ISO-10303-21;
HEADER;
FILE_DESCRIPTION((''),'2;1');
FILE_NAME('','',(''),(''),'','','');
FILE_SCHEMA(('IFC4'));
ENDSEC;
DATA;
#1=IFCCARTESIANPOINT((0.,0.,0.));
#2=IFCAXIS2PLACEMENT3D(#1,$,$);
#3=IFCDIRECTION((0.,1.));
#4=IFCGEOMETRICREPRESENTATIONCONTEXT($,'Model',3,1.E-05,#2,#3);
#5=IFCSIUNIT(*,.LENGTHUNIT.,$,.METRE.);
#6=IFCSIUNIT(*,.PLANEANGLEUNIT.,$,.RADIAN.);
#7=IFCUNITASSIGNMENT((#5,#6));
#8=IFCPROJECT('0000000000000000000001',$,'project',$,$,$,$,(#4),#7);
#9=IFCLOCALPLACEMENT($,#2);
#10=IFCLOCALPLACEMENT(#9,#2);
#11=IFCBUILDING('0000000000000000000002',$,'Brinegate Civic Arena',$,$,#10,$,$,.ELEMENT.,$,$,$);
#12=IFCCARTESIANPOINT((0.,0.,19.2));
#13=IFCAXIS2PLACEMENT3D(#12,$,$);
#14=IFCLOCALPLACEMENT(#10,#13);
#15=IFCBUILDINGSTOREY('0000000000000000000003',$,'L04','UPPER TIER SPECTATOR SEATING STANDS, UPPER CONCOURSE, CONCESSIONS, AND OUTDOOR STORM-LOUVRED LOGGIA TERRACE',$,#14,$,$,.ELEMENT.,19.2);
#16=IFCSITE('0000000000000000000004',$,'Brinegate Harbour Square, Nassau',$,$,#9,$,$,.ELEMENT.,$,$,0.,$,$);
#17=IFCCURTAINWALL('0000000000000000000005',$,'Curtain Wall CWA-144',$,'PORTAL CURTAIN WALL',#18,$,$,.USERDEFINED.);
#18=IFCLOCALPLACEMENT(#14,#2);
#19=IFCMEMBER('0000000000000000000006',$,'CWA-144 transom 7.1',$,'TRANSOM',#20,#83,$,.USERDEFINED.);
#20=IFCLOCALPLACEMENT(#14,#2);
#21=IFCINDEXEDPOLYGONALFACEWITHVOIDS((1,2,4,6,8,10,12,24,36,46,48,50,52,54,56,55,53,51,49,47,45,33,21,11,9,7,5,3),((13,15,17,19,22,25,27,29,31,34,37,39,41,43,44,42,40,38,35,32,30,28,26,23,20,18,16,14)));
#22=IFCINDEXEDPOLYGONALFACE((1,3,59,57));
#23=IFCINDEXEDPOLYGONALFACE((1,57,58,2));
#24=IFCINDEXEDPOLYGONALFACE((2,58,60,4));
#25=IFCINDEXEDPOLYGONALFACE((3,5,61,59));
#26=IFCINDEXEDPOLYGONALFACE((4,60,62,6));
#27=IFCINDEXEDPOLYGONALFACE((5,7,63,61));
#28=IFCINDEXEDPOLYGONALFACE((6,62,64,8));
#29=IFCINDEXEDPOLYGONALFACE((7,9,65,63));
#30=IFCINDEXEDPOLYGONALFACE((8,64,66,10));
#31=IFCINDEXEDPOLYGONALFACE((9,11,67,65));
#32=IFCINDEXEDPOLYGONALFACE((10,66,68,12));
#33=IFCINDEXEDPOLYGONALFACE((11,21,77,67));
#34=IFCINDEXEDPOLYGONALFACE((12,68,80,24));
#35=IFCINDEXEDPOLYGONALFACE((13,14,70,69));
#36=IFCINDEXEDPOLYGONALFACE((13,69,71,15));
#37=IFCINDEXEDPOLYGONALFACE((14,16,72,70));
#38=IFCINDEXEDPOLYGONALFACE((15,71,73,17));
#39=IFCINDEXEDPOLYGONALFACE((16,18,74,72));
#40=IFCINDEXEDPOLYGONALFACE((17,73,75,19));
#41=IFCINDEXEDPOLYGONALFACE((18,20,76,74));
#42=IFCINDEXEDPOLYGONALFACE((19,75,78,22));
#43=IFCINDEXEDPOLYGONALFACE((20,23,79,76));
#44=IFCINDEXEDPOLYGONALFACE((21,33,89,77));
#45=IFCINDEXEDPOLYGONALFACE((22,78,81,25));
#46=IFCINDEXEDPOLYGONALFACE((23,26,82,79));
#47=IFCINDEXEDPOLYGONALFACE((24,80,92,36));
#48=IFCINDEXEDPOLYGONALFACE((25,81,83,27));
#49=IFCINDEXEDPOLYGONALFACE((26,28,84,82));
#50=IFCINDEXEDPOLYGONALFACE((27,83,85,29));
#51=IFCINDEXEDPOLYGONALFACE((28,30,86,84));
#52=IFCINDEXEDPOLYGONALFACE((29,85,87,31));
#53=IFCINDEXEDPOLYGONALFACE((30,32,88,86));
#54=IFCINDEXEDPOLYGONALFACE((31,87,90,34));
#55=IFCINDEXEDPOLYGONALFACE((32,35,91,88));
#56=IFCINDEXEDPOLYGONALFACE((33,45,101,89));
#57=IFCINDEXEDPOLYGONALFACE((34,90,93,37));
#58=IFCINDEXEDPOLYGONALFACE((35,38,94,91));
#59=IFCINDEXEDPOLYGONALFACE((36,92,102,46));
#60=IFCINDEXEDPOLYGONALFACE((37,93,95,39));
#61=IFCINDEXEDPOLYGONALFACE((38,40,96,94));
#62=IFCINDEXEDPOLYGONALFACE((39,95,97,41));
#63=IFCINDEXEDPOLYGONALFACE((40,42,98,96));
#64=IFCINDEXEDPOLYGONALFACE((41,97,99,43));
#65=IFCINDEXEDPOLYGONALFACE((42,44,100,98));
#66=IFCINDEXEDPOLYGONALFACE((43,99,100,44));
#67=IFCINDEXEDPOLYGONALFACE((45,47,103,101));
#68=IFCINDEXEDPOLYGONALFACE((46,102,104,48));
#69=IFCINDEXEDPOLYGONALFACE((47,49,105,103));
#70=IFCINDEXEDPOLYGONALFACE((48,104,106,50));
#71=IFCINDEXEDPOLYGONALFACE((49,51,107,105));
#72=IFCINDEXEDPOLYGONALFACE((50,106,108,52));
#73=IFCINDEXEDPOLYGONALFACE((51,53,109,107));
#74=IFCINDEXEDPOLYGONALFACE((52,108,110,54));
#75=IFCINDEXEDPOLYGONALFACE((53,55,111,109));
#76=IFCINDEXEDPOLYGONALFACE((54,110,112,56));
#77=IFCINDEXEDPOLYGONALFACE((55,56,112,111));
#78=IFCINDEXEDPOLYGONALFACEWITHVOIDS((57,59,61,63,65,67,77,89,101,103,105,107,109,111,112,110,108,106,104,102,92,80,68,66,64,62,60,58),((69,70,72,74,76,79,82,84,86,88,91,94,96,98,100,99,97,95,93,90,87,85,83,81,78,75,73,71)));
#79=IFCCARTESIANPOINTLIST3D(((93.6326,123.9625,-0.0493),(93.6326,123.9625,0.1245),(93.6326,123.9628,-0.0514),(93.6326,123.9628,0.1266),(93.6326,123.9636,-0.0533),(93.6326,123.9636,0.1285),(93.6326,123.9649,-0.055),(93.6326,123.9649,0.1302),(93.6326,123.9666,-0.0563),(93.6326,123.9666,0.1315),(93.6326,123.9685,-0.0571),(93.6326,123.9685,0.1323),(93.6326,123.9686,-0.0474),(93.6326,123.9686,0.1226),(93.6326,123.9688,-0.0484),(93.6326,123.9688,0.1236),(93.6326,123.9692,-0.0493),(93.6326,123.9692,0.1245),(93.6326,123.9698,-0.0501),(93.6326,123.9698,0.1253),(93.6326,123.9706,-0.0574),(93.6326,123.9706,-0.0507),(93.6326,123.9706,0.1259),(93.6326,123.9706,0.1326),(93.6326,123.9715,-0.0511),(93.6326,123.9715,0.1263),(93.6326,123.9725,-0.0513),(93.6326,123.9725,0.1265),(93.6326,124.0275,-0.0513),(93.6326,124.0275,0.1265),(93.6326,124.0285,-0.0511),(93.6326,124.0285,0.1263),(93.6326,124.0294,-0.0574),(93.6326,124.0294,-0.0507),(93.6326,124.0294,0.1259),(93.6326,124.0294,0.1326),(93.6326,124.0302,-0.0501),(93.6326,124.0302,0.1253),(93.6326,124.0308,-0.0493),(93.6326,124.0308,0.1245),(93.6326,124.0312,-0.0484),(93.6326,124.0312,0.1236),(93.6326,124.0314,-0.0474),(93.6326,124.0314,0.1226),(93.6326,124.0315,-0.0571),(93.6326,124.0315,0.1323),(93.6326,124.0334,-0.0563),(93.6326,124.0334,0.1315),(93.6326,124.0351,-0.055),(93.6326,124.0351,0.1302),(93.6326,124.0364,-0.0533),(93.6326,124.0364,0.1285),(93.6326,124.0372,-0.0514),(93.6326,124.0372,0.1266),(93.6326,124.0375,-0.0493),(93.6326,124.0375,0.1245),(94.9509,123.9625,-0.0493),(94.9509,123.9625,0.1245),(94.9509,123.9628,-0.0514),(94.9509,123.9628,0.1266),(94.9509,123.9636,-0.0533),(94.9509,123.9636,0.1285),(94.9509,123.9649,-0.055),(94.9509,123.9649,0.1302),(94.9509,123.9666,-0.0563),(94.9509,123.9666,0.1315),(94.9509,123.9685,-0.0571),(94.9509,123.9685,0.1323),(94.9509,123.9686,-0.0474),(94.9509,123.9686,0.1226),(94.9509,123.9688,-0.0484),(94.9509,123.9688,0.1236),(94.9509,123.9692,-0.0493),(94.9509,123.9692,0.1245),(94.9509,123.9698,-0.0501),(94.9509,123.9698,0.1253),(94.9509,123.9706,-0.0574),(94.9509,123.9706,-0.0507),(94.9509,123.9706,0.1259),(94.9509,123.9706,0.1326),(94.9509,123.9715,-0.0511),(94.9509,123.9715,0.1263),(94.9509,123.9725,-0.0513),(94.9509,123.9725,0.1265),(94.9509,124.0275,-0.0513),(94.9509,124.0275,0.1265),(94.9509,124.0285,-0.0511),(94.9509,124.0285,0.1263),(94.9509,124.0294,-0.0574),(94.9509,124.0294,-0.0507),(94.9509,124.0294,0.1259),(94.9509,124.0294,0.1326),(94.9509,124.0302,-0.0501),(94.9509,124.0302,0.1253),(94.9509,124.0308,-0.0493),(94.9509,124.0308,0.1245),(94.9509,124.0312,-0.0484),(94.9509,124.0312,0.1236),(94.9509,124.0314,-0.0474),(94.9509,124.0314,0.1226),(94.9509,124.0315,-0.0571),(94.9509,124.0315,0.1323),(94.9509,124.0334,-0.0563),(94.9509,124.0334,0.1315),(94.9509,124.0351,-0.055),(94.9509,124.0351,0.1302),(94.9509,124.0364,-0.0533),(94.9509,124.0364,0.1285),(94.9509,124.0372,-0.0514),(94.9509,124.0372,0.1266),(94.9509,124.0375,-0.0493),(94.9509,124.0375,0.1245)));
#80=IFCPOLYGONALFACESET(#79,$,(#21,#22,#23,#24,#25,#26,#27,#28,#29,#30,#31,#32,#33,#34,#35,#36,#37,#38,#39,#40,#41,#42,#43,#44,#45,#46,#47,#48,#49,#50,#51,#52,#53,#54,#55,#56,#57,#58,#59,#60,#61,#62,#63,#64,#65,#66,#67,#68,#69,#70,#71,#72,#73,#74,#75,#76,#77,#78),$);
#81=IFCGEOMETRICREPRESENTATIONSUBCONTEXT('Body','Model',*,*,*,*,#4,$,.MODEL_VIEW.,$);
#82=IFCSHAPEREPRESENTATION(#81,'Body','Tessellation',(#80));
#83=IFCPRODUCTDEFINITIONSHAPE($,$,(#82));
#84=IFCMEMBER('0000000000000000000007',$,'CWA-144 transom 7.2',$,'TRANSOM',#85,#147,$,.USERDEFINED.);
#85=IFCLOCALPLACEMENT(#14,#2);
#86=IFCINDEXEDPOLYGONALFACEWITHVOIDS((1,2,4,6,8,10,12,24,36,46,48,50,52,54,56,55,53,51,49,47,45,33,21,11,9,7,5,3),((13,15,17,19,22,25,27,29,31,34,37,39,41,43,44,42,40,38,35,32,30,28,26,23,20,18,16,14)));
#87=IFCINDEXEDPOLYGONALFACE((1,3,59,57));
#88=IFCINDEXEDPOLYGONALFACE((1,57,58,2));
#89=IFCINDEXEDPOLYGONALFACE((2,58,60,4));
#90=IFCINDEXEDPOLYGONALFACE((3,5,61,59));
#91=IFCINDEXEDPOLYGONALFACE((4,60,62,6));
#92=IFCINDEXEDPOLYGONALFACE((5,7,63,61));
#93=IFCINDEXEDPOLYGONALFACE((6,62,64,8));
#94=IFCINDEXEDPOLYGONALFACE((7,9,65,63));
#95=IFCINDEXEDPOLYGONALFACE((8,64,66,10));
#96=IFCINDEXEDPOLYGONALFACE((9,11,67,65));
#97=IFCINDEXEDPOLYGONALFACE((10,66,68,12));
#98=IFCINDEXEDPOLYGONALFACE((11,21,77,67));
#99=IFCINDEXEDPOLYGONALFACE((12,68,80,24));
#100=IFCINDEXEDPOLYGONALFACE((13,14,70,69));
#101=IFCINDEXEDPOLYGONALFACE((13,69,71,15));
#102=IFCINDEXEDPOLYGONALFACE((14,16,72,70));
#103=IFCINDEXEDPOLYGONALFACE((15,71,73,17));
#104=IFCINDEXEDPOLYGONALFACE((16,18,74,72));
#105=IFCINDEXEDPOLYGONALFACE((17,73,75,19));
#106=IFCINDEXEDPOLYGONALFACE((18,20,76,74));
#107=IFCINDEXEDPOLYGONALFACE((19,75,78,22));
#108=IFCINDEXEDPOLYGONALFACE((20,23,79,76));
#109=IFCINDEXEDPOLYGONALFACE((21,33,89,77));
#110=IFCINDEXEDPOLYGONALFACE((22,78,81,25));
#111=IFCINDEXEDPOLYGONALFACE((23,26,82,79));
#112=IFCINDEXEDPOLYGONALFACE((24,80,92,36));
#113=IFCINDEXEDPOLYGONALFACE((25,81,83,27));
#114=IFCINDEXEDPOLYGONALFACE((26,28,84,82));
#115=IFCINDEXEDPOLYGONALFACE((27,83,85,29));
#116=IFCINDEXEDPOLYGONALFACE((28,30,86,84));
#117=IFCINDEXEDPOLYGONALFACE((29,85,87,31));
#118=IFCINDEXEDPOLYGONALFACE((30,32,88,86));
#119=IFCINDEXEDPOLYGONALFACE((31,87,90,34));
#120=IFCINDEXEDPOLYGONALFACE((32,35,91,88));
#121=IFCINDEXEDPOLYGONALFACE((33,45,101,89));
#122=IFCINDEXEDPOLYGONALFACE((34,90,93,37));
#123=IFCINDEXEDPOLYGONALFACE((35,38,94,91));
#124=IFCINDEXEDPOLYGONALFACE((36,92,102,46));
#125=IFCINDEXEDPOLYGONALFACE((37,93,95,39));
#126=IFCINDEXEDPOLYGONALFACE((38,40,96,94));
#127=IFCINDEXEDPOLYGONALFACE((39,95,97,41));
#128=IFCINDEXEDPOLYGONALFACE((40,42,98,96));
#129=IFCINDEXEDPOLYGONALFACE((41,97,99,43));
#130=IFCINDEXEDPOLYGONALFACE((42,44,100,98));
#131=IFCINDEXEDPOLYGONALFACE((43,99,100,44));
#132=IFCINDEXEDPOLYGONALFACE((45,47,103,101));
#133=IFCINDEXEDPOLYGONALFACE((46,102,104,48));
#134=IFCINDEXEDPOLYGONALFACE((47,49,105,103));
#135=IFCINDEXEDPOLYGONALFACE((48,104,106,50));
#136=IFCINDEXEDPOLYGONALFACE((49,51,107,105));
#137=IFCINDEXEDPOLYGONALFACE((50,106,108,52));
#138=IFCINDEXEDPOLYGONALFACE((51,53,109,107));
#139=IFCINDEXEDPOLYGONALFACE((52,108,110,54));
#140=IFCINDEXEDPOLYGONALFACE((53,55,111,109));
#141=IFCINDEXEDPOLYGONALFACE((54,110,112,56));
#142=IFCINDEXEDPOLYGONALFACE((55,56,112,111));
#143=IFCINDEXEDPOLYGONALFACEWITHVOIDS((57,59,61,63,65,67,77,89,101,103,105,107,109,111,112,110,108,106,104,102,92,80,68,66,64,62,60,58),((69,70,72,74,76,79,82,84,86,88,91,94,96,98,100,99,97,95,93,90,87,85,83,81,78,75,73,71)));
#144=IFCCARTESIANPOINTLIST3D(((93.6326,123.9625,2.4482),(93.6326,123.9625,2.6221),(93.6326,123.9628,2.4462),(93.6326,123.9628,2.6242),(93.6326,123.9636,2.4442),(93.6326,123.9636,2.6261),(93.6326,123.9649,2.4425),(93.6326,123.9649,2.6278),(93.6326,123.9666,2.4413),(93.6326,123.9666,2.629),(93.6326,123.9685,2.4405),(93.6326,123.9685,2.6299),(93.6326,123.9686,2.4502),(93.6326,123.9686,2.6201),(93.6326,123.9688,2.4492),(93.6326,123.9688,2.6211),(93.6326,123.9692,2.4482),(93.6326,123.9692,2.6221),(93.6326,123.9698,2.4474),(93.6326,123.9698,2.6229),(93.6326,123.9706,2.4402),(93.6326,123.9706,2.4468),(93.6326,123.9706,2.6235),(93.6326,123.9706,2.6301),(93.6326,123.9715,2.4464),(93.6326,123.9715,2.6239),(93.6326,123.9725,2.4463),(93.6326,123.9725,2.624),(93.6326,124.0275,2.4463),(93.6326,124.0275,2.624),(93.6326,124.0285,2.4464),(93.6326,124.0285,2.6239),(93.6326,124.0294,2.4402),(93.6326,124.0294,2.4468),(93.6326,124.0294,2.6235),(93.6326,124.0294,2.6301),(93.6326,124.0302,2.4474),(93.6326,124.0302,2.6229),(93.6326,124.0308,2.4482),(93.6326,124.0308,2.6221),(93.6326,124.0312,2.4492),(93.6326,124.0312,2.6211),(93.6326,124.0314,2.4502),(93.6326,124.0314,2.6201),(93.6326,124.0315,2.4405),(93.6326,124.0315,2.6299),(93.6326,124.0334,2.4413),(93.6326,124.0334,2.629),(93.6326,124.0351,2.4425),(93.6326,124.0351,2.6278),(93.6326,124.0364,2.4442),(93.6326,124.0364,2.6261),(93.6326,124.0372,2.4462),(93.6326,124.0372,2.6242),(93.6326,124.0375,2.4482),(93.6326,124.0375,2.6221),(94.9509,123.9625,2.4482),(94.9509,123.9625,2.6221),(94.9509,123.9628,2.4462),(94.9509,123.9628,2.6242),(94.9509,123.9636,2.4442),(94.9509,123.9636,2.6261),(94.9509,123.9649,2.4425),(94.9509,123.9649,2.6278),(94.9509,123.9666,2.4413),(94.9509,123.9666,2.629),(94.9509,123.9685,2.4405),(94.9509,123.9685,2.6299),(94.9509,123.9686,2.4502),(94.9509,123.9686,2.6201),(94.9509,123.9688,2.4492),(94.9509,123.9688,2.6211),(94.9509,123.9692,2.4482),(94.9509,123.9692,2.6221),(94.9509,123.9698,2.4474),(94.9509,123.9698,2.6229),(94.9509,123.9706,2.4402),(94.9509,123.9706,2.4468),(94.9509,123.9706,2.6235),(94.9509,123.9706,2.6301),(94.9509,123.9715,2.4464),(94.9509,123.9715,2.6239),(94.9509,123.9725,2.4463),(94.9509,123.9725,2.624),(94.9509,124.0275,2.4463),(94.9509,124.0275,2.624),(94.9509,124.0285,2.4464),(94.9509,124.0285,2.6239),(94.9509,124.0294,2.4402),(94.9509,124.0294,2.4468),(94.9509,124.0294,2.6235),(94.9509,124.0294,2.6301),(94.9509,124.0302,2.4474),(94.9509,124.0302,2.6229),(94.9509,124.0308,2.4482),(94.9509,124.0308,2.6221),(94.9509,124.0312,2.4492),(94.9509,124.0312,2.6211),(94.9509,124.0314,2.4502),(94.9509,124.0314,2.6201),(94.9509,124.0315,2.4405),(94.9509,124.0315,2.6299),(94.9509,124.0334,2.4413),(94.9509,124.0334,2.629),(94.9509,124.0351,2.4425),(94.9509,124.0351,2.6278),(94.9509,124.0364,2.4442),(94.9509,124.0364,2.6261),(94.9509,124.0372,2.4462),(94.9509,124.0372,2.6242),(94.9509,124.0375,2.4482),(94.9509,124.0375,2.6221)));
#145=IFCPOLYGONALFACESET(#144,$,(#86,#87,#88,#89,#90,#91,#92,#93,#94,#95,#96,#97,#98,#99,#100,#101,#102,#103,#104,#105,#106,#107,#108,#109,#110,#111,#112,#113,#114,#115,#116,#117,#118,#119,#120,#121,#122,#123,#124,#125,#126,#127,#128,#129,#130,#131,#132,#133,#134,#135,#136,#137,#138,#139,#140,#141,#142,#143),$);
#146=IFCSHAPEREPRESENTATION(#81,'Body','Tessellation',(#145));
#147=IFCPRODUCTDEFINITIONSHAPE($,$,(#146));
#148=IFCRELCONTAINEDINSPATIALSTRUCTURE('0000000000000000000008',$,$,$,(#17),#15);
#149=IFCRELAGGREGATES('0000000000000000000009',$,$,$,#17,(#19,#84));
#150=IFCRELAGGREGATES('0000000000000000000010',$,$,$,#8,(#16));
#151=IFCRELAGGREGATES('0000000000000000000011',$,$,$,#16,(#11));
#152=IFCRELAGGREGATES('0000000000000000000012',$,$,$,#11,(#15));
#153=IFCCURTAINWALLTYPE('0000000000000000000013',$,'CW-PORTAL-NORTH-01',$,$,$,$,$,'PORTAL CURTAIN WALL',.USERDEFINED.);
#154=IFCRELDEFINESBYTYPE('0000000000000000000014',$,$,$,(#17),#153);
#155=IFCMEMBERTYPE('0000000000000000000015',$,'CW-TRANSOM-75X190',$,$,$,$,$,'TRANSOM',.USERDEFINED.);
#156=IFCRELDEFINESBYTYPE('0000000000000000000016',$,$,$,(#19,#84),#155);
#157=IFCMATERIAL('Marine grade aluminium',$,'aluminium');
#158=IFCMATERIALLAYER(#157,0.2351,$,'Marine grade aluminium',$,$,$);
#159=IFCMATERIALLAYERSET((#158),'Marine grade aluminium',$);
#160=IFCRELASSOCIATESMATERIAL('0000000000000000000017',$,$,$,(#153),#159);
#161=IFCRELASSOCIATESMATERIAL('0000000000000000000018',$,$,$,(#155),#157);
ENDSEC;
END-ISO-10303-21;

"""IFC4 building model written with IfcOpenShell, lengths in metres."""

from ifc_helpers import new_model, si_unit, direction, frame, origin, origin_2d, place, context, subcontext, project, spatial, hollow_rectangle, extrude, material, layer, layer_set, material_profile, profile_set, type_object, element, aggregate, save


model = new_model("IFC4")

# Units and contexts
model_context = context("Model", 3, precision=1e-05, world=origin(), true_north=direction((0.0, 1.0)))
body_context = subcontext(model_context, "Body", "Model", "MODEL_VIEW")
ifc_project = project(units=[si_unit("LENGTHUNIT", "METRE"), si_unit("PLANEANGLEUNIT", "RADIAN")], contexts=[model_context])

# Site, building, storey
site_placement = place(None, origin())
site = spatial("IfcSite", under=ifc_project, at=site_placement, Name="Brinegate Harbour Square, Nassau", CompositionType="ELEMENT", RefElevation=0.0)
building_placement = place(site_placement, origin())
building = spatial("IfcBuilding", under=site, at=building_placement, Name="Brinegate Civic Arena", CompositionType="ELEMENT")
storey_placement = place(building_placement, frame((0.0, 0.0, 19.2)))
storey = spatial("IfcBuildingStorey", under=building, at=storey_placement, Name="L04", Description="UPPER TIER SPECTATOR SEATING STANDS, UPPER CONCOURSE, CONCESSIONS, AND OUTDOOR STORM-LOUVRED LOGGIA TERRACE", CompositionType="ELEMENT", Elevation=19.2)

# Shared definitions
ifc_material_1 = material(Name="Marine grade aluminium", Category="aluminium")
ifc_layer_1 = layer(ifc_material_1, 0.2351, Name="Marine grade aluminium")
ifc_layer_set_1 = layer_set([ifc_layer_1], Name="Marine grade aluminium")
curtain_wall_type = type_object("IfcCurtainWallType", Name="CW-PORTAL-NORTH-01", ElementType="PORTAL CURTAIN WALL", PredefinedType="USERDEFINED", material=ifc_layer_set_1)

# Curtain wall
curtain_wall_1_placement = place(storey_placement, origin())
curtain_wall_1 = element("IfcCurtainWall", 1, at=curtain_wall_1_placement, inside=storey, type_object=curtain_wall_type, Name="Curtain Wall CWA-144", ObjectType="PORTAL CURTAIN WALL", PredefinedType="USERDEFINED")

# Members
ifc_material_profile_1 = material_profile(ifc_material_1, hollow_rectangle(XDim=0.075, YDim=0.1899, WallThickness=0.0061, InnerFilletRadius=0.0039, OuterFilletRadius=0.0081, at=origin_2d()), Name="TRN75X190")
ifc_profile_set_1 = profile_set([ifc_material_profile_1], Name="Marine grade aluminium")
member_type_1 = type_object("IfcMemberType", Name="CW-TRANSOM-75X190", ElementType="TRANSOM", PredefinedType="USERDEFINED", material=ifc_profile_set_1)
member_1_placement = place(storey_placement, frame((93.6326, 124.0, 0.0376), z_axis=(1.0, 0.0, 0.0), x_axis=(0.0, 1.0, 0.0)))
member_1 = element("IfcMember", 2, at=member_1_placement, type_object=member_type_1, Name="CWA-144 transom 7.1", ObjectType="TRANSOM", PredefinedType="USERDEFINED", context=body_context, shape_type="SweptSolid", body=[
    extrude(hollow_rectangle(XDim=0.075, YDim=0.1899, WallThickness=0.0061, InnerFilletRadius=0.0039, OuterFilletRadius=0.0081, at=origin_2d()), origin(), (0.0, 0.0, 1.0), 1.3184),
])
member_2_placement = place(storey_placement, frame((93.6326, 124.0, 2.5352), z_axis=(1.0, 0.0, 0.0), x_axis=(0.0, 1.0, 0.0)))
member_2 = element("IfcMember", 3, at=member_2_placement, type_object=member_type_1, Name="CWA-144 transom 7.2", ObjectType="TRANSOM", PredefinedType="USERDEFINED", context=body_context, shape_type="SweptSolid", body=[
    extrude(hollow_rectangle(XDim=0.075, YDim=0.1899, WallThickness=0.0061, InnerFilletRadius=0.0039, OuterFilletRadius=0.0081, at=origin_2d()), origin(), (0.0, 0.0, 1.0), 1.3184),
])

aggregate(curtain_wall_1, [member_1, member_2])

save(model, "model.ifc")
